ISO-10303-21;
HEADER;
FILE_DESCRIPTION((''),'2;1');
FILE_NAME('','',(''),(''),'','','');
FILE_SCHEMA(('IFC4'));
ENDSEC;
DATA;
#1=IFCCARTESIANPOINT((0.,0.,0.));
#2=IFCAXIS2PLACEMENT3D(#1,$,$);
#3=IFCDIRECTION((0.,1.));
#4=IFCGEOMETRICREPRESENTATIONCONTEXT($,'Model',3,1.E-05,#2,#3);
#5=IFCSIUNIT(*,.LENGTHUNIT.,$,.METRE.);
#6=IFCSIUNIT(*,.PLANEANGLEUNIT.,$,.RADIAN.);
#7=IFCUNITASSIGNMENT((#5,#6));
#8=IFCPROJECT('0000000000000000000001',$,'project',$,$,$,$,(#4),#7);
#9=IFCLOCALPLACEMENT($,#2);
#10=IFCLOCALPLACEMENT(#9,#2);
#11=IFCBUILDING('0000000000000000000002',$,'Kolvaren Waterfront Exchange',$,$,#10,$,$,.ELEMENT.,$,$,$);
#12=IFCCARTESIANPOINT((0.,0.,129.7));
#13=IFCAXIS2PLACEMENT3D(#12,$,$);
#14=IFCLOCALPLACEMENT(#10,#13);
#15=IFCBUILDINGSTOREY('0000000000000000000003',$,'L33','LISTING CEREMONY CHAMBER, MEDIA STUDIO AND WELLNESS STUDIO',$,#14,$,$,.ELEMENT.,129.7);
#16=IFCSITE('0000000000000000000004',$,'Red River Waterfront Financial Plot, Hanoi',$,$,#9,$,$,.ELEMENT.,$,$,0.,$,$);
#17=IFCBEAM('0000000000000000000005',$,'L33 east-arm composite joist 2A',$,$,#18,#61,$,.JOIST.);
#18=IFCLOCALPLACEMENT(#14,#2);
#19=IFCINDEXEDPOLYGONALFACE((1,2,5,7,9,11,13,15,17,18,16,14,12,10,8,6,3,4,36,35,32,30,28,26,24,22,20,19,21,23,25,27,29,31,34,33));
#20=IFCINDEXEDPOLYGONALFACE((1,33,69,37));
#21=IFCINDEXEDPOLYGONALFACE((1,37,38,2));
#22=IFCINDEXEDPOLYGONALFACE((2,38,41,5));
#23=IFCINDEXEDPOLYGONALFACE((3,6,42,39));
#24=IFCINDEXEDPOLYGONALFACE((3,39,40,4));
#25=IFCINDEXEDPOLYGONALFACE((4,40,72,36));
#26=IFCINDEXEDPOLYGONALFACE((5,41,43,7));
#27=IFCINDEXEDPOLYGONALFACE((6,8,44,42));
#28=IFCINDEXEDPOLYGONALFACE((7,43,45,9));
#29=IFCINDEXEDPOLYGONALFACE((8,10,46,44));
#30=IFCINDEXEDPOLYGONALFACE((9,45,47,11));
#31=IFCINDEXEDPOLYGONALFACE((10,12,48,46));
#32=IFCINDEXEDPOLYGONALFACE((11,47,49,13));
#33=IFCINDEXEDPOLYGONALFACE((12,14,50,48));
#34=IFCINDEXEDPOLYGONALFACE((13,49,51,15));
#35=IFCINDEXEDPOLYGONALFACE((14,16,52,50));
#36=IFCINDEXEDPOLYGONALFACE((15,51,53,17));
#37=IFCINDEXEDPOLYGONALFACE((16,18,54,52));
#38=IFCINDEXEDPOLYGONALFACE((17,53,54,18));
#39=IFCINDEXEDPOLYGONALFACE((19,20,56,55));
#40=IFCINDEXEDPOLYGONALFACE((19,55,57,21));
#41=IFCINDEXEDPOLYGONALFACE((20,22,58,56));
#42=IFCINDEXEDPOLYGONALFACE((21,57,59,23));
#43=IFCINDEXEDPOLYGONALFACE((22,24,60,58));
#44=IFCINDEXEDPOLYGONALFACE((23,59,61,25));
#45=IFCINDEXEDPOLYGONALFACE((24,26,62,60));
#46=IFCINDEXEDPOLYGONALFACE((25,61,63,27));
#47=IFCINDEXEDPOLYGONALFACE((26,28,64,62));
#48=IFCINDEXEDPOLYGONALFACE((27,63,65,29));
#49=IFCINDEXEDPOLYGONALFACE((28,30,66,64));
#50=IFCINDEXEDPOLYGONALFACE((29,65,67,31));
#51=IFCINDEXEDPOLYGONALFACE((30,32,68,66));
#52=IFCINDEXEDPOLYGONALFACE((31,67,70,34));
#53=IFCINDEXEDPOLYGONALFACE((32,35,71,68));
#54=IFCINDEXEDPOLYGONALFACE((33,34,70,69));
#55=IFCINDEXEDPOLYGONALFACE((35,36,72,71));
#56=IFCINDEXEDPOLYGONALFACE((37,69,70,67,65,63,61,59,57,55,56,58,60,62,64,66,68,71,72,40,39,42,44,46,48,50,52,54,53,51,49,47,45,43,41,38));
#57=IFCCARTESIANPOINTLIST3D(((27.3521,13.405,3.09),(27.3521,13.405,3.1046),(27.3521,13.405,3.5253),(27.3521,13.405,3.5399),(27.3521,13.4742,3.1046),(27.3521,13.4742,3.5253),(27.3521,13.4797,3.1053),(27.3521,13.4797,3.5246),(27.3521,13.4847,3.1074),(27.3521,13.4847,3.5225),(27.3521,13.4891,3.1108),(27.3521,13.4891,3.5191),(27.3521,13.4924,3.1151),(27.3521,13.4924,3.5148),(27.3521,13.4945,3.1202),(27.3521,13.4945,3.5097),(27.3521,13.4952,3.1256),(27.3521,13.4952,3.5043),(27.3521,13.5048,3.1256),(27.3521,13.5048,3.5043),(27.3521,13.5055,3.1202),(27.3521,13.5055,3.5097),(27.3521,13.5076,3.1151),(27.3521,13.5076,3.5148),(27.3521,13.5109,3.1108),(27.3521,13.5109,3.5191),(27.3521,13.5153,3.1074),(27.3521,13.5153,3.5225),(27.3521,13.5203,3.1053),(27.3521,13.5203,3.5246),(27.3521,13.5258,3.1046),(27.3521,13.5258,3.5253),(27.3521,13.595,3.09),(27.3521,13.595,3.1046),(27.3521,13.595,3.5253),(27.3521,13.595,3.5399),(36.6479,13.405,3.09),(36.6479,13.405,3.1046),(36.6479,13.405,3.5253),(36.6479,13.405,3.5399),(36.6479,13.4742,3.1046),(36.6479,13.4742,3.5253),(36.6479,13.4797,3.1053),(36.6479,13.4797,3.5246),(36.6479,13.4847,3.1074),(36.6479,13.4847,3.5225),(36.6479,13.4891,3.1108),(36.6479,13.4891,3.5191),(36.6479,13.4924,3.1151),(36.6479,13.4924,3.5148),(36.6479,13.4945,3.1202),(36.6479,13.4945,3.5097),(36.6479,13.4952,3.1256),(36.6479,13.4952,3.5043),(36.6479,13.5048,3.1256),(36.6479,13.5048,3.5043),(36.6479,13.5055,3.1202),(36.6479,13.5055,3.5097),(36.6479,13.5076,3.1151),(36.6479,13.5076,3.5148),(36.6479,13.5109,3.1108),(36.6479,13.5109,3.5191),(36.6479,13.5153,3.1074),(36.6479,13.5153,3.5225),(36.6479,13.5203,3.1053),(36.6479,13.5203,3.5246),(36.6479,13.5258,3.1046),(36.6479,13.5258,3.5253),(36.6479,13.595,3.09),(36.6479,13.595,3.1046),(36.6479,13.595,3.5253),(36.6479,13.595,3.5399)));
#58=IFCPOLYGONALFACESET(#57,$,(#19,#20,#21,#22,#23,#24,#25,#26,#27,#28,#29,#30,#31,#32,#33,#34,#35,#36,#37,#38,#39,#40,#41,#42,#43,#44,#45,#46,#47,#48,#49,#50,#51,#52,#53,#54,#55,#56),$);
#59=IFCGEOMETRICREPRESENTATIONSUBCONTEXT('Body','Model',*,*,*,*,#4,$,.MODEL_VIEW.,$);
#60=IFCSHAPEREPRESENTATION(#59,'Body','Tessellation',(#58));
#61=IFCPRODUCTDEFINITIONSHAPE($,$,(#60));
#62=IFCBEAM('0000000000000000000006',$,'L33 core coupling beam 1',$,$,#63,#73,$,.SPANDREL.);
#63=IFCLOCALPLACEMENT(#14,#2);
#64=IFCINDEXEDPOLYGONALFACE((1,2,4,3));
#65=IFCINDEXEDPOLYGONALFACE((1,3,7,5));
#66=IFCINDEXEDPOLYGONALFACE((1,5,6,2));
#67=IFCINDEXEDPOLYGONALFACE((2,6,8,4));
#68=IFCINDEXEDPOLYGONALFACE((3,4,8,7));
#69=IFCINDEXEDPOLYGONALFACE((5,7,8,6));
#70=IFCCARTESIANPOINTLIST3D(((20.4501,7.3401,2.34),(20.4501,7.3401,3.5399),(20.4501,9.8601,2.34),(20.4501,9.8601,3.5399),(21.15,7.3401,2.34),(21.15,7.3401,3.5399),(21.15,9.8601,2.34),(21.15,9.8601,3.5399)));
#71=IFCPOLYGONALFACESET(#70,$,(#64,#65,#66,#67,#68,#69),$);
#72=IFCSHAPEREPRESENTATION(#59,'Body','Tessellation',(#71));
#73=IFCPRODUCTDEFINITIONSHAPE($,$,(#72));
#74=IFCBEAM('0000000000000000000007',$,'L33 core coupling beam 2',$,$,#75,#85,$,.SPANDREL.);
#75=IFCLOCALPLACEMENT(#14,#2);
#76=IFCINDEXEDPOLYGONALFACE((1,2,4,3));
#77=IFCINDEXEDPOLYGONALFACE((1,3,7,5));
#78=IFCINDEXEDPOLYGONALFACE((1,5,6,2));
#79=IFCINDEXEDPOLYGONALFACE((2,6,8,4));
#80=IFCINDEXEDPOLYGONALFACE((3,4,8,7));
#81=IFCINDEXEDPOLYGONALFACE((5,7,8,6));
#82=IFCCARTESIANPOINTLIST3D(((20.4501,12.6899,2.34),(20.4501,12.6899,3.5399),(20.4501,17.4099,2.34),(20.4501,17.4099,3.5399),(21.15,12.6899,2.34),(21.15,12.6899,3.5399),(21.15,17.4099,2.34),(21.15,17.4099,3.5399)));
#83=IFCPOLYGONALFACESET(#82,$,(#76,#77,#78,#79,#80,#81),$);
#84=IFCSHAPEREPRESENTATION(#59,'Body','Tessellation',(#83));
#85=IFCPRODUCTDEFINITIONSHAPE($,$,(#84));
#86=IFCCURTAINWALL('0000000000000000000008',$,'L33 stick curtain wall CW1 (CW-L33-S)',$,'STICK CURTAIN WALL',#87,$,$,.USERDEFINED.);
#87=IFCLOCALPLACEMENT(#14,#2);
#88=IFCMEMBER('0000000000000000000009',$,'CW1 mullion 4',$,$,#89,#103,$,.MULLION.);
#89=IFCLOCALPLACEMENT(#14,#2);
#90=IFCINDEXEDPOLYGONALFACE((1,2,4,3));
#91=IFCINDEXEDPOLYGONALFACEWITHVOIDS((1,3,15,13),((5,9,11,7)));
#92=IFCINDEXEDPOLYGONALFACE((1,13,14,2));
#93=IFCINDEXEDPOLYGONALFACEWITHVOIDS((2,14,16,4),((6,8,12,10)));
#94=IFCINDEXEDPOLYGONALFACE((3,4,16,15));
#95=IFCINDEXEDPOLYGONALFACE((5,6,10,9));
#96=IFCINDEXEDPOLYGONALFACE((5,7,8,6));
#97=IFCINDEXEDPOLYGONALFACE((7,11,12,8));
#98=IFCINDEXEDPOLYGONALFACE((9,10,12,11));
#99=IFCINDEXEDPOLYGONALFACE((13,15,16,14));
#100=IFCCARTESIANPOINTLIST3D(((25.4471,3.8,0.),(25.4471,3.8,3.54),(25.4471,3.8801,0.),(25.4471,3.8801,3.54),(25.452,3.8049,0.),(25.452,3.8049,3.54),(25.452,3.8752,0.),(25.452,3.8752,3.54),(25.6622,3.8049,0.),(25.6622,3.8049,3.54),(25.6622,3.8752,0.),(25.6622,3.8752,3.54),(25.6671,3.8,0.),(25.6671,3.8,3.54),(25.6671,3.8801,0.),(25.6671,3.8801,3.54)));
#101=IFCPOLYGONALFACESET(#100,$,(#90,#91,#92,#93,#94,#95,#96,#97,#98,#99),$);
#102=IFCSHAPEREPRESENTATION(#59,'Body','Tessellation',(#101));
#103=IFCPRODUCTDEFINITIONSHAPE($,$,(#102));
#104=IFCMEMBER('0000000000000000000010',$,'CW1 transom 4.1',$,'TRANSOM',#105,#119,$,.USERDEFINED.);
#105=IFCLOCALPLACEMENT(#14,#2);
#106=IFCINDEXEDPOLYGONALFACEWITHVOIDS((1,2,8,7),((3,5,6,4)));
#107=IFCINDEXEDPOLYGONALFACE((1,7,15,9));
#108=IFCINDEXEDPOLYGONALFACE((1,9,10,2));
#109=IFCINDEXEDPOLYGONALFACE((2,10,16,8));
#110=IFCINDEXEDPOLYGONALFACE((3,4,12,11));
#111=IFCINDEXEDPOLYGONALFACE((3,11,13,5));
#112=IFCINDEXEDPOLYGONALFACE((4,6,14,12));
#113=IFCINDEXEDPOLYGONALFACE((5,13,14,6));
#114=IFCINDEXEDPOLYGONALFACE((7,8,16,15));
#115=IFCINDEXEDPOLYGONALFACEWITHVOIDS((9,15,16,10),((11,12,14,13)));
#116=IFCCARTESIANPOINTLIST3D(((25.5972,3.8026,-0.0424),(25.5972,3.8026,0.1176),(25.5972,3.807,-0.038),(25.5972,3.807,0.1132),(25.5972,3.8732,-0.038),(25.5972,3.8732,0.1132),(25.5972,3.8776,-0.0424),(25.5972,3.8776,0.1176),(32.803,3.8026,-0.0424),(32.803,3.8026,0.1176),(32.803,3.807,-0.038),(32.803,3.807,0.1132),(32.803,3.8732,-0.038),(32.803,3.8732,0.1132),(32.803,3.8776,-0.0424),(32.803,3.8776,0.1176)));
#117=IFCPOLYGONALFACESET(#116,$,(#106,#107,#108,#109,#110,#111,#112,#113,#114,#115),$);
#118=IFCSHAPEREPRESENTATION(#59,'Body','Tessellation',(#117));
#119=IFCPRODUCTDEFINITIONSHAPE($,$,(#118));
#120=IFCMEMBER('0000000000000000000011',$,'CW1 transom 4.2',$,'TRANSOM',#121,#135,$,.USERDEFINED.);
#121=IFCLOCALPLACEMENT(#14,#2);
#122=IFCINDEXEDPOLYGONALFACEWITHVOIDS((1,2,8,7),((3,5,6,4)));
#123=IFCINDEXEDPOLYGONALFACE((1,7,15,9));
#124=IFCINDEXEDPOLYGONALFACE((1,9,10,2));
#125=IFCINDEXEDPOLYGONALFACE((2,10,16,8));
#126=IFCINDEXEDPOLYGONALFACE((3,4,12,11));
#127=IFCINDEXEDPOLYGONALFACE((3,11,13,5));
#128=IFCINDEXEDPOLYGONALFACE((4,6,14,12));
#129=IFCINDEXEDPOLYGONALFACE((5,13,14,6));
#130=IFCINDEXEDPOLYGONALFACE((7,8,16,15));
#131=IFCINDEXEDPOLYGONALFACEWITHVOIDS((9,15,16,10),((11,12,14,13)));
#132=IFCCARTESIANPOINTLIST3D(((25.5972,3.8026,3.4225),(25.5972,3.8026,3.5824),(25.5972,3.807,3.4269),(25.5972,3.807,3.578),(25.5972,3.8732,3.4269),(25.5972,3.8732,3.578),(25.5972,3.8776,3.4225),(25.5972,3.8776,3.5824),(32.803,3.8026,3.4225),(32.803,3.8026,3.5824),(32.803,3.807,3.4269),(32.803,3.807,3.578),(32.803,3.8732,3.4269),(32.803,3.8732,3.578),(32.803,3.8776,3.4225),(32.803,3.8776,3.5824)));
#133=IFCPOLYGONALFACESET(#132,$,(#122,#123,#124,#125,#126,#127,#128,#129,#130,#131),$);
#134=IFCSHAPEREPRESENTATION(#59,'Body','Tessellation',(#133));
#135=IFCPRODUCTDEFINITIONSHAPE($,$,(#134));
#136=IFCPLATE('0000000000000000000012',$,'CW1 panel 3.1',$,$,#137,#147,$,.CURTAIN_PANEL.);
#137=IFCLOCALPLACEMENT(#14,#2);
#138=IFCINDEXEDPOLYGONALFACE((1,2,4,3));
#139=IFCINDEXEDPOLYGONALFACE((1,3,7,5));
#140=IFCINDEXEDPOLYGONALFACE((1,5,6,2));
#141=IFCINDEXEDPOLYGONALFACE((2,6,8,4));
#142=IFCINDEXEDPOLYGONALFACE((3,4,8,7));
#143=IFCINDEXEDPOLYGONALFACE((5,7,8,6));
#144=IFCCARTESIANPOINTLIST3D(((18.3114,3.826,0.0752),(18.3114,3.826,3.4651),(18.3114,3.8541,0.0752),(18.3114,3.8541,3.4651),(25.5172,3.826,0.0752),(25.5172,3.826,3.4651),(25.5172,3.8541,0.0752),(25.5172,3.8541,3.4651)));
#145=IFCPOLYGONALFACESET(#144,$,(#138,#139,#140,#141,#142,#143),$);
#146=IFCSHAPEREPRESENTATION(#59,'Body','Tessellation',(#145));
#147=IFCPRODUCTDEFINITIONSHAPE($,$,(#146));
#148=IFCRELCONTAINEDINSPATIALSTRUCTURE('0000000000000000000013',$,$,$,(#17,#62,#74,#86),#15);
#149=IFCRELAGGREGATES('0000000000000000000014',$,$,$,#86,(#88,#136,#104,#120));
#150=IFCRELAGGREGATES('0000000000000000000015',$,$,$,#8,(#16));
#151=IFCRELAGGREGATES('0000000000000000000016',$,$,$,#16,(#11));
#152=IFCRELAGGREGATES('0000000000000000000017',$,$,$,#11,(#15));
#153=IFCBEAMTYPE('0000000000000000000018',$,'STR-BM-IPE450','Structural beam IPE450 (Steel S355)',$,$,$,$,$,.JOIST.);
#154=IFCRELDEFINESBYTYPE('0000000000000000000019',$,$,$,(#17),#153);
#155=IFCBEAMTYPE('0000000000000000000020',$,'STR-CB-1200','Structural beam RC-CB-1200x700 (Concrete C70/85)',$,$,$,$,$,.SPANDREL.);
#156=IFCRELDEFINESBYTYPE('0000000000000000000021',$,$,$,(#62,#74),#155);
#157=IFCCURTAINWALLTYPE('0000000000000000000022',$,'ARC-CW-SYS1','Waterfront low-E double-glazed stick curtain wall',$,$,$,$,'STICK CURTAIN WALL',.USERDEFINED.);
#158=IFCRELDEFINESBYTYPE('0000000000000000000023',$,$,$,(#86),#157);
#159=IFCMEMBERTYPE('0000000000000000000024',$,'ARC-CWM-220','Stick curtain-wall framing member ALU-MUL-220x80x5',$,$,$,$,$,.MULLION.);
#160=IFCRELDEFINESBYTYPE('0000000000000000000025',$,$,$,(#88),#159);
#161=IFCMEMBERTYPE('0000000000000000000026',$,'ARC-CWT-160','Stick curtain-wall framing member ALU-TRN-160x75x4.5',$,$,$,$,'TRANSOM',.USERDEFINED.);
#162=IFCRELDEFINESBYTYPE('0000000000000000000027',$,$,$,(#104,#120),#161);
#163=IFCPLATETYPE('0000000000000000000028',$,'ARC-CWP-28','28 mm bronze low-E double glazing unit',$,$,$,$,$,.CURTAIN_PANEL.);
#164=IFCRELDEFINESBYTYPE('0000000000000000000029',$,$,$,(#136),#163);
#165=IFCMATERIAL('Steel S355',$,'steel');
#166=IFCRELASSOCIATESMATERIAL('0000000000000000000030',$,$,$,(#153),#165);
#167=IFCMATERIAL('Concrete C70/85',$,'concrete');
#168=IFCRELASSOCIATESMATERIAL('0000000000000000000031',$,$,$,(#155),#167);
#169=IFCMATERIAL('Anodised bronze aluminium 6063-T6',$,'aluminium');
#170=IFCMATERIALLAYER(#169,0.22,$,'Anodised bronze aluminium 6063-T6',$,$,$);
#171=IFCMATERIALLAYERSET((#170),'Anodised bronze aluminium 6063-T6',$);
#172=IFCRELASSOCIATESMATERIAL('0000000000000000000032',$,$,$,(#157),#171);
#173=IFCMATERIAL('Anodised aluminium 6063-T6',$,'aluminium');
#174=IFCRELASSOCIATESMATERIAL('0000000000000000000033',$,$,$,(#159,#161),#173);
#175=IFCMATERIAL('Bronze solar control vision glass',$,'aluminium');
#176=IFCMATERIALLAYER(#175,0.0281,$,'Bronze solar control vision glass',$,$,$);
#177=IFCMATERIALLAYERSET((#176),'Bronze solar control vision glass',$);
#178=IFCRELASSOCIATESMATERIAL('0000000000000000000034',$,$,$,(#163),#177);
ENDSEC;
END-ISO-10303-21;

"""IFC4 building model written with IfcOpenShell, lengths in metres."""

from ifc_helpers import new_model, si_unit, direction, frame, origin, origin_with_axes, origin_2d, place, context, subcontext, project, spatial, rectangle, hollow_rectangle, i_section, extrude, source, transform, mapped, material, layer, layer_set, material_profile, profile_set, type_object, element, aggregate, save


model = new_model("IFC4")

# Units and contexts
model_context = context("Model", 3, precision=1e-05, world=origin(), true_north=direction((0.0, 1.0)))
body_context = subcontext(model_context, "Body", "Model", "MODEL_VIEW")
ifc_project = project(units=[si_unit("LENGTHUNIT", "METRE"), si_unit("PLANEANGLEUNIT", "RADIAN")], contexts=[model_context])

# Site, building, storey
site_placement = place(None, origin())
site = spatial("IfcSite", under=ifc_project, at=site_placement, Name="Red River Waterfront Financial Plot, Hanoi", CompositionType="ELEMENT", RefElevation=0.0)
building_placement = place(site_placement, origin())
building = spatial("IfcBuilding", under=site, at=building_placement, Name="Kolvaren Waterfront Exchange", CompositionType="ELEMENT")
storey_placement = place(building_placement, frame((0.0, 0.0, 129.7)))
storey = spatial("IfcBuildingStorey", under=building, at=storey_placement, Name="L33", Description="LISTING CEREMONY CHAMBER, MEDIA STUDIO AND WELLNESS STUDIO", CompositionType="ELEMENT", Elevation=129.7)

# Beams
ifc_material_1 = material(Name="Steel S355", Category="steel")
ifc_material_profile_1 = material_profile(ifc_material_1, i_section(OverallWidth=0.1899, OverallDepth=0.45, WebThickness=0.0095, FlangeThickness=0.0146, FilletRadius=0.021, at=origin_2d()), Name="IPE450")
ifc_profile_set_1 = profile_set([ifc_material_profile_1], Name="Steel S355")
beam_type_1 = type_object("IfcBeamType", Name="STR-BM-IPE450", Description="Structural beam IPE450 (Steel S355)", PredefinedType="JOIST", material=ifc_profile_set_1)
beam_1_placement = place(storey_placement, frame((27.3521, 13.5, 3.3149), z_axis=(1.0, 0.0, 0.0), x_axis=(0.0, 1.0, 0.0)))
element("IfcBeam", 1, at=beam_1_placement, inside=storey, type_object=beam_type_1, Name="L33 east-arm composite joist 2A", PredefinedType="JOIST", context=body_context, shape_type="SweptSolid", body=[
    extrude(i_section(OverallWidth=0.1899, OverallDepth=0.45, WebThickness=0.0095, FlangeThickness=0.0146, FilletRadius=0.021, at=origin_2d()), origin(), (0.0, 0.0, 1.0), 9.2959),
])
ifc_material_2 = material(Name="Concrete C70/85", Category="concrete")
ifc_material_profile_2 = material_profile(ifc_material_2, rectangle(XDim=0.7, YDim=1.2, at=origin_2d()), Name="RC-CB-1200x700")
ifc_profile_set_2 = profile_set([ifc_material_profile_2], Name="Concrete C70/85")
beam_type_2 = type_object("IfcBeamType", Name="STR-CB-1200", Description="Structural beam RC-CB-1200x700 (Concrete C70/85)", PredefinedType="SPANDREL", material=ifc_profile_set_2)
beam_2_placement = place(storey_placement, frame((20.8, 7.3401, 2.9399), z_axis=(0.0, 1.0, 0.0), x_axis=(-1.0, 0.0, 0.0)))
element("IfcBeam", 2, at=beam_2_placement, inside=storey, type_object=beam_type_2, Name="L33 core coupling beam 1", PredefinedType="SPANDREL", context=body_context, shape_type="SweptSolid", body=[
    extrude(rectangle(XDim=0.7, YDim=1.2, at=origin_2d()), origin(), (0.0, 0.0, 1.0), 2.52),
])
beam_3_placement = place(storey_placement, frame((20.8, 12.6899, 2.9399), z_axis=(0.0, 1.0, 0.0), x_axis=(-1.0, 0.0, 0.0)))
element("IfcBeam", 3, at=beam_3_placement, inside=storey, type_object=beam_type_2, Name="L33 core coupling beam 2", PredefinedType="SPANDREL", context=body_context, shape_type="SweptSolid", body=[
    extrude(rectangle(XDim=0.7, YDim=1.2, at=origin_2d()), origin(), (0.0, 0.0, 1.0), 4.72),
])

# Curtain wall, members, plate
ifc_material_3 = material(Name="Anodised bronze aluminium 6063-T6", Category="aluminium")
ifc_layer_1 = layer(ifc_material_3, 0.22, Name="Anodised bronze aluminium 6063-T6")
ifc_layer_set_1 = layer_set([ifc_layer_1], Name="Anodised bronze aluminium 6063-T6")
curtain_wall_type = type_object("IfcCurtainWallType", Name="ARC-CW-SYS1", Description="Waterfront low-E double-glazed stick curtain wall", ElementType="STICK CURTAIN WALL", PredefinedType="USERDEFINED", material=ifc_layer_set_1)
curtain_wall_placement = place(storey_placement, origin())
curtain_wall = element("IfcCurtainWall", 4, at=curtain_wall_placement, inside=storey, type_object=curtain_wall_type, Name="L33 stick curtain wall CW1 (CW-L33-S)", ObjectType="STICK CURTAIN WALL", PredefinedType="USERDEFINED")
ifc_material_4 = material(Name="Anodised aluminium 6063-T6", Category="aluminium")
ifc_material_profile_3 = material_profile(ifc_material_4, hollow_rectangle(XDim=0.0801, YDim=0.22, WallThickness=0.0049, at=origin_2d()), Name="ALU-MUL-220x80x5")
ifc_profile_set_3 = profile_set([ifc_material_profile_3], Name="Anodised aluminium 6063-T6")
member_type_1 = type_object("IfcMemberType", Name="ARC-CWM-220", Description="Stick curtain-wall framing member ALU-MUL-220x80x5", PredefinedType="MULLION", material=ifc_profile_set_3)
shared_shape_1 = source(origin_with_axes(), body_context, "Body", "SweptSolid", [
    extrude(hollow_rectangle(XDim=0.0801, YDim=0.22, WallThickness=0.0049, at=origin_2d()), origin(), (0.0, 0.0, 1.0), 3.54),
])
member_1_placement = place(storey_placement, frame((25.5571, 3.8401, 0.0), z_axis=(0.0, 0.0, 1.0), x_axis=(0.0, 1.0, 0.0)))
member_1 = element("IfcMember", 5, at=member_1_placement, type_object=member_type_1, Name="CW1 mullion 4", PredefinedType="MULLION", context=body_context, shape_type="MappedRepresentation", body=[
    mapped(shared_shape_1, transform((0.0, 0.0, 0.0), x_axis=(1.0, 0.0, 0.0), y_axis=(0.0, 1.0, 0.0), z_axis=(0.0, 0.0, 1.0), scale=1.0)),
])
ifc_material_profile_4 = material_profile(ifc_material_4, hollow_rectangle(XDim=0.075, YDim=0.1599, WallThickness=0.0044, at=origin_2d()), Name="ALU-TRN-160x75x4.5")
ifc_profile_set_4 = profile_set([ifc_material_profile_4], Name="Anodised aluminium 6063-T6")
member_type_2 = type_object("IfcMemberType", Name="ARC-CWT-160", Description="Stick curtain-wall framing member ALU-TRN-160x75x4.5", ElementType="TRANSOM", PredefinedType="USERDEFINED", material=ifc_profile_set_4)
shared_shape_2 = source(origin_with_axes(), body_context, "Body", "SweptSolid", [
    extrude(hollow_rectangle(XDim=0.075, YDim=0.1599, WallThickness=0.0044, at=origin_2d()), origin(), (0.0, 0.0, 1.0), 7.2058),
])
member_2_placement = place(storey_placement, frame((25.5972, 3.8401, 0.0376), z_axis=(1.0, 0.0, 0.0), x_axis=(0.0, 1.0, 0.0)))
member_2 = element("IfcMember", 6, at=member_2_placement, type_object=member_type_2, Name="CW1 transom 4.1", ObjectType="TRANSOM", PredefinedType="USERDEFINED", context=body_context, shape_type="MappedRepresentation", body=[
    mapped(shared_shape_2, transform((0.0, 0.0, 0.0), x_axis=(1.0, 0.0, 0.0), y_axis=(0.0, 1.0, 0.0), z_axis=(0.0, 0.0, 1.0), scale=1.0)),
])
member_3_placement = place(storey_placement, frame((25.5972, 3.8401, 3.5024), z_axis=(1.0, 0.0, 0.0), x_axis=(0.0, 1.0, 0.0)))
member_3 = element("IfcMember", 7, at=member_3_placement, type_object=member_type_2, Name="CW1 transom 4.2", ObjectType="TRANSOM", PredefinedType="USERDEFINED", context=body_context, shape_type="MappedRepresentation", body=[
    mapped(shared_shape_2, transform((0.0, 0.0, 0.0), x_axis=(1.0, 0.0, 0.0), y_axis=(0.0, 1.0, 0.0), z_axis=(0.0, 0.0, 1.0), scale=1.0)),
])
ifc_material_5 = material(Name="Bronze solar control vision glass", Category="aluminium")
ifc_layer_2 = layer(ifc_material_5, 0.0281, Name="Bronze solar control vision glass")
ifc_layer_set_2 = layer_set([ifc_layer_2], Name="Bronze solar control vision glass")
plate_type = type_object("IfcPlateType", Name="ARC-CWP-28", Description="28 mm bronze low-E double glazing unit", PredefinedType="CURTAIN_PANEL", material=ifc_layer_set_2)
shared_shape_3 = source(origin_with_axes(), body_context, "Body", "SweptSolid", [
    extrude(rectangle(XDim=7.2058, YDim=0.0281, at=origin_2d()), origin(), (0.0, 0.0, 1.0), 3.3899),
])
plate_placement = place(storey_placement, frame((21.9143, 3.8401, 0.0752), z_axis=(0.0, 0.0, 1.0), x_axis=(1.0, 0.0, 0.0)))
plate = element("IfcPlate", 8, at=plate_placement, type_object=plate_type, Name="CW1 panel 3.1", PredefinedType="CURTAIN_PANEL", context=body_context, shape_type="MappedRepresentation", body=[
    mapped(shared_shape_3, transform((0.0, 0.0, 0.0), x_axis=(1.0, 0.0, 0.0), y_axis=(0.0, 1.0, 0.0), z_axis=(0.0, 0.0, 1.0), scale=1.0)),
])
aggregate(curtain_wall, [member_1, plate, member_2, member_3])

save(model, "model.ifc")
